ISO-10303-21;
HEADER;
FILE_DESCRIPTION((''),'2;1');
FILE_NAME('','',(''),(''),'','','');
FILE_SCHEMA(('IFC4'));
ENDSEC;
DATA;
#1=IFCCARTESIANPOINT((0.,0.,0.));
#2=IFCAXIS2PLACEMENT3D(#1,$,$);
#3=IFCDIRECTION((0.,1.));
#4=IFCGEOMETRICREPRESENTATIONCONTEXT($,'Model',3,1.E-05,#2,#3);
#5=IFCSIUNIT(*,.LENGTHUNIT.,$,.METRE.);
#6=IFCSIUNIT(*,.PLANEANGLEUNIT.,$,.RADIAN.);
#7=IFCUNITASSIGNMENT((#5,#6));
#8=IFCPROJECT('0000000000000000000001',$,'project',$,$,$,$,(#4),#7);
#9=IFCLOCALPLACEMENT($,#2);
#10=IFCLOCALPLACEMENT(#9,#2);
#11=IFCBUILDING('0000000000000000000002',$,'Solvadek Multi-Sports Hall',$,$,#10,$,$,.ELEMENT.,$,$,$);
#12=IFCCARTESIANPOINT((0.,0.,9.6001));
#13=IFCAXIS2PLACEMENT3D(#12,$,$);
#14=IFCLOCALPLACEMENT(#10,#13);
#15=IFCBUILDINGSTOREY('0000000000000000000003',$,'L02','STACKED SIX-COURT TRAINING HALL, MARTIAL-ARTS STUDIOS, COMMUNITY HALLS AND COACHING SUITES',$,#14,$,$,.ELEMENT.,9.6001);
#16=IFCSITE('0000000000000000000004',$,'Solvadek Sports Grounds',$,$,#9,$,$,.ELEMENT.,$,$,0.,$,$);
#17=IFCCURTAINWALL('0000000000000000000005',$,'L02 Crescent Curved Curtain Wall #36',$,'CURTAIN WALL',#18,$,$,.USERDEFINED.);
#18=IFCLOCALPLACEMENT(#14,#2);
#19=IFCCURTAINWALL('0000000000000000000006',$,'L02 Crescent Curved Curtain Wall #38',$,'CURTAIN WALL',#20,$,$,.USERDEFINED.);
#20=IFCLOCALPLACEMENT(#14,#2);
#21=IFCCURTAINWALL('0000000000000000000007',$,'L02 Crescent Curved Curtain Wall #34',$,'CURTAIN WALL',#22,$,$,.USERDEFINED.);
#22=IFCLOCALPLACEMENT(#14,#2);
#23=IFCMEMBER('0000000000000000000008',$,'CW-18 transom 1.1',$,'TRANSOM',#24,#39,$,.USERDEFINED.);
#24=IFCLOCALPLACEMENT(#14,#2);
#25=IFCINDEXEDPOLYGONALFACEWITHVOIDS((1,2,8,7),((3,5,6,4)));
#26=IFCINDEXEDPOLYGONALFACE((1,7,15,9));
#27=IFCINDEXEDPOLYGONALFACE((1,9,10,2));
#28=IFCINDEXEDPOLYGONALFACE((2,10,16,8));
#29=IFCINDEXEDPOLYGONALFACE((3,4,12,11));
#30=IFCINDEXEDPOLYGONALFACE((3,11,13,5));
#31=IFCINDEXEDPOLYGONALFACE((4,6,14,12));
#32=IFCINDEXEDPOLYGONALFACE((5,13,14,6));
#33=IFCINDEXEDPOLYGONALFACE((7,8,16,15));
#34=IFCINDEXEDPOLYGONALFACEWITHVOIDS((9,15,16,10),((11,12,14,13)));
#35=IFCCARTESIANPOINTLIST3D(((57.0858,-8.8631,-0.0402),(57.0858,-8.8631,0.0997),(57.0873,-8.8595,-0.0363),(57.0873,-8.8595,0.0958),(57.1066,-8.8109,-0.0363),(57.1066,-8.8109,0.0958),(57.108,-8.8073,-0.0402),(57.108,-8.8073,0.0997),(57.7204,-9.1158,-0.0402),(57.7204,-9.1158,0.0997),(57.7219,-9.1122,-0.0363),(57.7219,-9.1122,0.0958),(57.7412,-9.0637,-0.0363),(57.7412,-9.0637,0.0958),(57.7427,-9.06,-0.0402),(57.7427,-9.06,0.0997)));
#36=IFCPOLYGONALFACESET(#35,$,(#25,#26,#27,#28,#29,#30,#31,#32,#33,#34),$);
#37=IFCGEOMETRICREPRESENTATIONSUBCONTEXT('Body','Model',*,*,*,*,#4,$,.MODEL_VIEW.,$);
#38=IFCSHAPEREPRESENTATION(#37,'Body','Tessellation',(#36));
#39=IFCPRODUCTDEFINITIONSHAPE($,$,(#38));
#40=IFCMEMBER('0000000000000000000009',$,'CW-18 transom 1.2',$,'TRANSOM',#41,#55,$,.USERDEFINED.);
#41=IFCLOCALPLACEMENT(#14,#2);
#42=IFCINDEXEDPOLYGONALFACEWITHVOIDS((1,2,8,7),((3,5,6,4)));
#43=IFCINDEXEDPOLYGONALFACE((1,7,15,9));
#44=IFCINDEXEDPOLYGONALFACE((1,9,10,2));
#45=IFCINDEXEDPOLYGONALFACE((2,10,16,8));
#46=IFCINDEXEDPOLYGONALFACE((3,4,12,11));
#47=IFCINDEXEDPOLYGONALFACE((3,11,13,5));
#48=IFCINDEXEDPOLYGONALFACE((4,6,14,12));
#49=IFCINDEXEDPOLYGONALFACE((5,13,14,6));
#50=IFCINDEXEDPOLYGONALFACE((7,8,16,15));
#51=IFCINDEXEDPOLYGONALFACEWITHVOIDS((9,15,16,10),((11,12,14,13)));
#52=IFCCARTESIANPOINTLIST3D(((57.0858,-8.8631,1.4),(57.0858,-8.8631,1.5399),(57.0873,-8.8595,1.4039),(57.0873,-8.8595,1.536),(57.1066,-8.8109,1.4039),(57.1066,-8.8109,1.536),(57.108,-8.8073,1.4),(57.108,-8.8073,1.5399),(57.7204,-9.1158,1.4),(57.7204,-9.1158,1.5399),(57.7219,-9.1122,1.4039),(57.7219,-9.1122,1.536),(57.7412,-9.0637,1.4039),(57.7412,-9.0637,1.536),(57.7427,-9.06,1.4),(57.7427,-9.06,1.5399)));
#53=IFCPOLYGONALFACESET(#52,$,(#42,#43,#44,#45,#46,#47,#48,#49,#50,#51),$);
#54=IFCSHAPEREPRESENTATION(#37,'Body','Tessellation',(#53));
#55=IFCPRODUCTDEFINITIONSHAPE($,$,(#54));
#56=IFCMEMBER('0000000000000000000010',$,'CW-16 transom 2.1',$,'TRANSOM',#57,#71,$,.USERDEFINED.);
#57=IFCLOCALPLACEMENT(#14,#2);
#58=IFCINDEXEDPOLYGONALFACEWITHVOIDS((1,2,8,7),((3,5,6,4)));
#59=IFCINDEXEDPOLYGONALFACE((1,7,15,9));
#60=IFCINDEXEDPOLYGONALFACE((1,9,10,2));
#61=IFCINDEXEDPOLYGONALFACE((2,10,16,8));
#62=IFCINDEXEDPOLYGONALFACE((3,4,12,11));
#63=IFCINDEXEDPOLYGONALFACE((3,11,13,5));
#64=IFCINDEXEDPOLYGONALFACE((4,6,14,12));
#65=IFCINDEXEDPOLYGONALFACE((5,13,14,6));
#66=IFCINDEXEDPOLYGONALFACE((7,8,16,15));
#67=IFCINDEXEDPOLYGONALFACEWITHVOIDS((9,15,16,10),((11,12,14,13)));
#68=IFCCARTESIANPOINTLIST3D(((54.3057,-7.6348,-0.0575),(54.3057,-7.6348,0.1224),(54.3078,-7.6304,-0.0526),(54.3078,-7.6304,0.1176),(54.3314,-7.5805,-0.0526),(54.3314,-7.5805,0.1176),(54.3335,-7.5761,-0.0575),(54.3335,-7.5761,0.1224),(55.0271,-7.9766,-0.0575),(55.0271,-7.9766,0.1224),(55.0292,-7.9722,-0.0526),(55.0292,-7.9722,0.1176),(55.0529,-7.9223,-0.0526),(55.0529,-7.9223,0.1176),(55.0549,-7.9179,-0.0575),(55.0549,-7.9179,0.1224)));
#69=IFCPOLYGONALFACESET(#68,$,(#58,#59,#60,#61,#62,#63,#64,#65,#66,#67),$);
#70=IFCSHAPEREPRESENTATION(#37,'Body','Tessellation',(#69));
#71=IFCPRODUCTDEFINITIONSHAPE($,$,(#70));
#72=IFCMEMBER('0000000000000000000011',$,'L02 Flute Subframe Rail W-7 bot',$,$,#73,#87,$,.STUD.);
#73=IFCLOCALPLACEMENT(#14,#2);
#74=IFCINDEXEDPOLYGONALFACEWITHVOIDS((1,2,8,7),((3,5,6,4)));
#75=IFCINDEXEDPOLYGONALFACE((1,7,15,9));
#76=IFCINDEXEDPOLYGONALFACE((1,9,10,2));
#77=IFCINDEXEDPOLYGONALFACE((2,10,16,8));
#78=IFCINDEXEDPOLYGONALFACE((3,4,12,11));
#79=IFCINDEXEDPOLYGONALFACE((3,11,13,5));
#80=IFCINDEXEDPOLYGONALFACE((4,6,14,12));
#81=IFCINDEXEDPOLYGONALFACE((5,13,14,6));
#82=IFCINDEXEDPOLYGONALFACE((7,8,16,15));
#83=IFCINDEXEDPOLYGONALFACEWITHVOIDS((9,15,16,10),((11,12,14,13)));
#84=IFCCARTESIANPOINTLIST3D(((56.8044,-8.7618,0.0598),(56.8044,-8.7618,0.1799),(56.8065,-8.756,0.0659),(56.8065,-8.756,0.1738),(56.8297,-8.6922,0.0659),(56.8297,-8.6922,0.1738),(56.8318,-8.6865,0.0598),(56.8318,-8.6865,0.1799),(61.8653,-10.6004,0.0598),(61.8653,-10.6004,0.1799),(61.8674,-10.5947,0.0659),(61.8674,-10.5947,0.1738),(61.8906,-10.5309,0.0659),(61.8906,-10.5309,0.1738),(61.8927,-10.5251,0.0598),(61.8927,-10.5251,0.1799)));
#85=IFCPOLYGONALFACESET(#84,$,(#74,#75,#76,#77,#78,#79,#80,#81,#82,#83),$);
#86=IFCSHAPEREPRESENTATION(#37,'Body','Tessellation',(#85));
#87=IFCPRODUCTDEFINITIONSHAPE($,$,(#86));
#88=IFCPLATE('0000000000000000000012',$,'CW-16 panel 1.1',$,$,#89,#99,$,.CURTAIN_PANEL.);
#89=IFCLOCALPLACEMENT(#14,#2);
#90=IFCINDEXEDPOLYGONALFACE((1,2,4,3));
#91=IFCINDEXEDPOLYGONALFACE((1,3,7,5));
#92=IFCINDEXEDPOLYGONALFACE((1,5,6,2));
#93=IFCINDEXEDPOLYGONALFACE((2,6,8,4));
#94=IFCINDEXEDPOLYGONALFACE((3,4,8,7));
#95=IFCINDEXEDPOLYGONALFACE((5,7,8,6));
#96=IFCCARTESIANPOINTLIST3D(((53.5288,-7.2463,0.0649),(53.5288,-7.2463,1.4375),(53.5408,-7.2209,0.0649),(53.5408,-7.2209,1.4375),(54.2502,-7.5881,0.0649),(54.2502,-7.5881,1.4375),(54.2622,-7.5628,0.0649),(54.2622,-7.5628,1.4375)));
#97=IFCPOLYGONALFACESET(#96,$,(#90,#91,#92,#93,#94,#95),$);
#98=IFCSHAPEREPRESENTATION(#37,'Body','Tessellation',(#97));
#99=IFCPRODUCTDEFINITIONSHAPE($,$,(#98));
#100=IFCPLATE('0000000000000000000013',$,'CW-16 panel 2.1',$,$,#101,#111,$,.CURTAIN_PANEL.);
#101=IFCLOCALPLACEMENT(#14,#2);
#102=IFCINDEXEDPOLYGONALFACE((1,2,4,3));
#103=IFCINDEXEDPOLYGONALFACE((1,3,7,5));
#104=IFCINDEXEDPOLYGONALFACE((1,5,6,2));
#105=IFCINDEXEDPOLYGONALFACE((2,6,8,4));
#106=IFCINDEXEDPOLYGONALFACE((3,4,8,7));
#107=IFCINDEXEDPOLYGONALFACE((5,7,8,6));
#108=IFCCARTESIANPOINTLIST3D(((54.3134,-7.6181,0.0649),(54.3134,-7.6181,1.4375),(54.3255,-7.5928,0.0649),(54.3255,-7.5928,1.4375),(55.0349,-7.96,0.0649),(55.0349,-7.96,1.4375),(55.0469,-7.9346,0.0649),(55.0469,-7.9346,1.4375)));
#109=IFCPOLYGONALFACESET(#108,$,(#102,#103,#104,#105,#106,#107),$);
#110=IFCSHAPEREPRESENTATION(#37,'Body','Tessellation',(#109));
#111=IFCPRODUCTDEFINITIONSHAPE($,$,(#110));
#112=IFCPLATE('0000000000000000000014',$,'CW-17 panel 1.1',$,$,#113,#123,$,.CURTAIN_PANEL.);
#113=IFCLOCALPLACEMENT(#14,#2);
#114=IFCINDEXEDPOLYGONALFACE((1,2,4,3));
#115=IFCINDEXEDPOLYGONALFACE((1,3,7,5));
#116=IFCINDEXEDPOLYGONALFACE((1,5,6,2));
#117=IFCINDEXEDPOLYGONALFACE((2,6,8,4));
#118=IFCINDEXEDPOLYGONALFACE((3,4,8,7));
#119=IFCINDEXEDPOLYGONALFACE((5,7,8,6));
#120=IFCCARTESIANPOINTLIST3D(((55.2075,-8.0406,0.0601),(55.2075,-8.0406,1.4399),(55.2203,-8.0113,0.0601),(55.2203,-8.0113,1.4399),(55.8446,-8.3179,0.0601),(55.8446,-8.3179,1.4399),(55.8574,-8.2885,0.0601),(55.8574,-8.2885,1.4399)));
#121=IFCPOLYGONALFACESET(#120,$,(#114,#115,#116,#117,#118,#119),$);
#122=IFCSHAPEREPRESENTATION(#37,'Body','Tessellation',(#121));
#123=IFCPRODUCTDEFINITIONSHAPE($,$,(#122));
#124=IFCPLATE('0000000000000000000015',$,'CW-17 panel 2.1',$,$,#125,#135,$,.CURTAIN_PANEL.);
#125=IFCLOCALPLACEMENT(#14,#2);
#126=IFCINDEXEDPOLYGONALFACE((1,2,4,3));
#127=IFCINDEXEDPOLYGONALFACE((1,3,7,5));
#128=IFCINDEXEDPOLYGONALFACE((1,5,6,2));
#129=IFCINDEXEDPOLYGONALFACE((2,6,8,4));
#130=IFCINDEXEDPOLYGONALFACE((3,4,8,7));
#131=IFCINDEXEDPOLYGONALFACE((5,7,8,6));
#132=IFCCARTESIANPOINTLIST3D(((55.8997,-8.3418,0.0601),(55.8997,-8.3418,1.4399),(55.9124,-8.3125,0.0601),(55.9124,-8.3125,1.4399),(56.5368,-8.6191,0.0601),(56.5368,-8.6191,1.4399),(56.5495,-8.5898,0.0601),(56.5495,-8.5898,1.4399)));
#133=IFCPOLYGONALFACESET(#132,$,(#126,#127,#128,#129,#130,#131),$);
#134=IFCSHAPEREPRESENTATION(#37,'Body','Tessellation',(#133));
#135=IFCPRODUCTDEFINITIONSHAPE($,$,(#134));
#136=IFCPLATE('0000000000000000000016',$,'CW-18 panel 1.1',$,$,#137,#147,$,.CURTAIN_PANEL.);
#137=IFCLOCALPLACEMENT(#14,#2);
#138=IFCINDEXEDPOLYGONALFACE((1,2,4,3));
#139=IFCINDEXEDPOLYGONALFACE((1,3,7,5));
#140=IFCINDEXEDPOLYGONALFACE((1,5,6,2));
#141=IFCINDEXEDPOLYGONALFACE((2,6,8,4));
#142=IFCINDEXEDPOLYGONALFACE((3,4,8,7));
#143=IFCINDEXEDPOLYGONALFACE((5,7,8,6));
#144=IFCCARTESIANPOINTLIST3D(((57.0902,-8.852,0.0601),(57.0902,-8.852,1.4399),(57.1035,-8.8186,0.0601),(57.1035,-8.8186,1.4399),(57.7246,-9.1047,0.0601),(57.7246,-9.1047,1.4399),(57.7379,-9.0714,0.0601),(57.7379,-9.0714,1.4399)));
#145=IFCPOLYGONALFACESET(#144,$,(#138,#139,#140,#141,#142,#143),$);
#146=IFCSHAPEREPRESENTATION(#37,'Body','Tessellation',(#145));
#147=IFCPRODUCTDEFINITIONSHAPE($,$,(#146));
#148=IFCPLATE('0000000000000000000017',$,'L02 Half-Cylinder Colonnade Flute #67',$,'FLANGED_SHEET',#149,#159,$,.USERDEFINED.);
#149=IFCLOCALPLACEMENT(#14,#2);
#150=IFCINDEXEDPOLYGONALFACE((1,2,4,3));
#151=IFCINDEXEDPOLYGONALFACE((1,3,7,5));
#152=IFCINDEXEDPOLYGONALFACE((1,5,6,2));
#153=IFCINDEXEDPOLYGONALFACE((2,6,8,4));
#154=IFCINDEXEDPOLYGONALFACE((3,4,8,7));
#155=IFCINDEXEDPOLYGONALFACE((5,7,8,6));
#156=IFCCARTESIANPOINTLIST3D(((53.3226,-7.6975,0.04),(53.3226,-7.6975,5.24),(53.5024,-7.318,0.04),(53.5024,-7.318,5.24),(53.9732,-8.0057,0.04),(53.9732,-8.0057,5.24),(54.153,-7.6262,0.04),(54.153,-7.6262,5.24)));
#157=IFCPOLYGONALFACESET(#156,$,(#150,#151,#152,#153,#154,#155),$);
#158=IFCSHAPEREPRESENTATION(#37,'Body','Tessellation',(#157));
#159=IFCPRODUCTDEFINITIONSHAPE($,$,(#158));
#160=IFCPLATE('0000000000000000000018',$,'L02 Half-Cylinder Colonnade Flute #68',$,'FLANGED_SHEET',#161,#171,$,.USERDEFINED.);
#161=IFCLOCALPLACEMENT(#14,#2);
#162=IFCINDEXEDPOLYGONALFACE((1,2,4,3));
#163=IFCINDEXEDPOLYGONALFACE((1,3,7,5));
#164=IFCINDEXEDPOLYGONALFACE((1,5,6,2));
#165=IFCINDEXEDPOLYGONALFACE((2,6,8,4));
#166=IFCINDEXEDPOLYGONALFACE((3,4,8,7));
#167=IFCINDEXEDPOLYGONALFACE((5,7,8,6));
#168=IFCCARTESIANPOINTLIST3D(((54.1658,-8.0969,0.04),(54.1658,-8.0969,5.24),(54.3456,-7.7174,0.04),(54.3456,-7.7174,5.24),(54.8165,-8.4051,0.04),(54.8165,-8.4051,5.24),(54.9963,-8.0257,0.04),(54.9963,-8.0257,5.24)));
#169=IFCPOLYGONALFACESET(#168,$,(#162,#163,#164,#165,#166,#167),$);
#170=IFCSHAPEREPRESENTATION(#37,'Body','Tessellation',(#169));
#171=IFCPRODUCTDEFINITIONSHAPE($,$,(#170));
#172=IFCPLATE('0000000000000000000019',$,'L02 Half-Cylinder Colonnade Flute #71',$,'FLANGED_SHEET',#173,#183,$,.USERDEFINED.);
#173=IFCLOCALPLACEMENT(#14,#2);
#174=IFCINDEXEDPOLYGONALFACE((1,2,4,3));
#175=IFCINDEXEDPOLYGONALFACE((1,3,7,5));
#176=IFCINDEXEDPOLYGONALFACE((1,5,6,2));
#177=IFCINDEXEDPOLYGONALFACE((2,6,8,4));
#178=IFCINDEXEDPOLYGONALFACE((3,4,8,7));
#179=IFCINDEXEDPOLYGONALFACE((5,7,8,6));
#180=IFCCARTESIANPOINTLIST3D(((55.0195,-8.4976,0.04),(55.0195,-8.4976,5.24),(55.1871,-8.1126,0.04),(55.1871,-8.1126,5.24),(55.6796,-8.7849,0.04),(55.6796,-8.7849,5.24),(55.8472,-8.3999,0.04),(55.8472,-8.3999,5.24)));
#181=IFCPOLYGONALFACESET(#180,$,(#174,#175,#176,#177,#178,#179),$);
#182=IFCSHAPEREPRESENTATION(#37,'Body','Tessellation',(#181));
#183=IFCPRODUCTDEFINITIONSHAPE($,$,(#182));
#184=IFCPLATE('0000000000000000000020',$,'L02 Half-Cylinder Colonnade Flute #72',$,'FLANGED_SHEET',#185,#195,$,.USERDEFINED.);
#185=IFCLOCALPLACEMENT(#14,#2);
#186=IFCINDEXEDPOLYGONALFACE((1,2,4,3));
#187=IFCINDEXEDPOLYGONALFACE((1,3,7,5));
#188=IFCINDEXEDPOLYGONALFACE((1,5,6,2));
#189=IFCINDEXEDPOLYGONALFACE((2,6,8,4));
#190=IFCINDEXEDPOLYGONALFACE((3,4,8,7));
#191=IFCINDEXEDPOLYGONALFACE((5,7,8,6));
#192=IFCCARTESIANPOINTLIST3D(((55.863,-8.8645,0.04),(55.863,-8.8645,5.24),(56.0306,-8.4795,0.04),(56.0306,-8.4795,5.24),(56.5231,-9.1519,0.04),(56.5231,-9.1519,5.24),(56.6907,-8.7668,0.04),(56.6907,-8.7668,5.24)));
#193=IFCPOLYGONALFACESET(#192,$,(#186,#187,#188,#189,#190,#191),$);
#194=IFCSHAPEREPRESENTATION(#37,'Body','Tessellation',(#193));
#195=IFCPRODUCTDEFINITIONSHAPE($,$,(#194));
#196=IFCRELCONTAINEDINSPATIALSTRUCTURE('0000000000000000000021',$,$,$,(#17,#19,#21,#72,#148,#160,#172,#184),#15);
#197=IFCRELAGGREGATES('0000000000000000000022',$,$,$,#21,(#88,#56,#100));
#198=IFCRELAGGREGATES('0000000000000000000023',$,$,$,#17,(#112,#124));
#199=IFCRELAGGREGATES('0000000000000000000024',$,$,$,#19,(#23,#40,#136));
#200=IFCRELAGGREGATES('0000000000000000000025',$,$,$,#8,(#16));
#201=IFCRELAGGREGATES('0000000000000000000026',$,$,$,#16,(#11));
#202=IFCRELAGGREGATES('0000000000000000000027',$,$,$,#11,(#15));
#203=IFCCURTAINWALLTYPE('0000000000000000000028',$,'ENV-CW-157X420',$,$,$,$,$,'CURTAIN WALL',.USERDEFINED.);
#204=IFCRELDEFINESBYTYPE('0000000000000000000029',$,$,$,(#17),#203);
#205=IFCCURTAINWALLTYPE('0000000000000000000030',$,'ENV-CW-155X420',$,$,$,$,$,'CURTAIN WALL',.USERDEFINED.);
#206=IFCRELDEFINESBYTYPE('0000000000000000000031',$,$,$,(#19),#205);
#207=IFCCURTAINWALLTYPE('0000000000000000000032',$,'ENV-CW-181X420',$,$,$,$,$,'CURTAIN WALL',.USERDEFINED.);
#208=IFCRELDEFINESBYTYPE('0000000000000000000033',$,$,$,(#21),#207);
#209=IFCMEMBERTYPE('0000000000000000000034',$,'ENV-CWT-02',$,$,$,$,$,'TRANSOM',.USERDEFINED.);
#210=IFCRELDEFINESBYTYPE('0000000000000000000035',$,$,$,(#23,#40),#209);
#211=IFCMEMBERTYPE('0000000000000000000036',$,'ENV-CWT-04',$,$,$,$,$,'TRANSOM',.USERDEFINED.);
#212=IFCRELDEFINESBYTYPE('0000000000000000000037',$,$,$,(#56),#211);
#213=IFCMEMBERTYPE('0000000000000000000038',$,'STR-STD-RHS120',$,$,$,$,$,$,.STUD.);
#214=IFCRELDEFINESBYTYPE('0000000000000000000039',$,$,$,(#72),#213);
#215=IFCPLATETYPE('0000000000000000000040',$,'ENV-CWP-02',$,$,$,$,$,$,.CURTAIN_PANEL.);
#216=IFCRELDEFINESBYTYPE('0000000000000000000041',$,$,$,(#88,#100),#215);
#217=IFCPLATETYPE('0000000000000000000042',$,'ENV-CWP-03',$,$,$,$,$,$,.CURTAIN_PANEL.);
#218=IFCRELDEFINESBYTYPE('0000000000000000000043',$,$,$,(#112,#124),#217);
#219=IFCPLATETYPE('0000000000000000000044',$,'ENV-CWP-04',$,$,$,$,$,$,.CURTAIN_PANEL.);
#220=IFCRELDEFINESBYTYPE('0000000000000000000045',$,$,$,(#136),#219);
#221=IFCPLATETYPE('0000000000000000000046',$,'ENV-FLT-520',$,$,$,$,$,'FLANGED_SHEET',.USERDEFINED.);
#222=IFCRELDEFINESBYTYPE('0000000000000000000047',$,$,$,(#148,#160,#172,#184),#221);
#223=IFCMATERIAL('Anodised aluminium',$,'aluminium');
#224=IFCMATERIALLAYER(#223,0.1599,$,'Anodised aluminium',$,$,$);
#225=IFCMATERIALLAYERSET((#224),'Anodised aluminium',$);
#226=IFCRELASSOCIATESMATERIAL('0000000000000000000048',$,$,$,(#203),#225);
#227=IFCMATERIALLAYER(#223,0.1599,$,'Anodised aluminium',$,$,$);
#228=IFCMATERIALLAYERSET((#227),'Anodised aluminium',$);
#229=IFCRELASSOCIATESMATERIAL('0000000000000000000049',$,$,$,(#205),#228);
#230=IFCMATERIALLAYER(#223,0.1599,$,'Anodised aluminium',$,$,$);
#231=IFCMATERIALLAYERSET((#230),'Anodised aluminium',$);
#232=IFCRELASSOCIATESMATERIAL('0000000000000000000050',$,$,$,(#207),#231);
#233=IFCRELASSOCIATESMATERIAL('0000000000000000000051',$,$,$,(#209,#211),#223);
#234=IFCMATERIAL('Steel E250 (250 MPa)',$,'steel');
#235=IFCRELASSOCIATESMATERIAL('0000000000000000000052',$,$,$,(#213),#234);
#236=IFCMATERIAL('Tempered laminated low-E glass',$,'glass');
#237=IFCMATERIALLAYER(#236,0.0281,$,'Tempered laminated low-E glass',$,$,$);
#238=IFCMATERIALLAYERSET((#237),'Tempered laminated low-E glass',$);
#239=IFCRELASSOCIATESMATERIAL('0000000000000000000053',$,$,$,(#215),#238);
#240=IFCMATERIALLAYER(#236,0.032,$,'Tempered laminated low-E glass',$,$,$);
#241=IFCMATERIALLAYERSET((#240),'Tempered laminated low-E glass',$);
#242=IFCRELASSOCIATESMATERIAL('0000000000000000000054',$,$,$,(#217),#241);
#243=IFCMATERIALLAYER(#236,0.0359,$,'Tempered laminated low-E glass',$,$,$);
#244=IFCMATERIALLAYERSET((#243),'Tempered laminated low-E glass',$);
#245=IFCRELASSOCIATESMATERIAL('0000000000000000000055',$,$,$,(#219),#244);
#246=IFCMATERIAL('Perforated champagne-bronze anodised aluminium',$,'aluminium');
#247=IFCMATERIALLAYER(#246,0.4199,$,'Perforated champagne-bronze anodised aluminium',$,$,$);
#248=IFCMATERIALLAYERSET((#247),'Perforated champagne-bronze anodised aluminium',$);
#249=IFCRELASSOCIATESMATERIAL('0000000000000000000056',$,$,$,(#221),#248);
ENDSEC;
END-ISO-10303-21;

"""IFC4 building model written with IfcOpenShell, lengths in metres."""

from ifc_helpers import new_model, si_unit, direction, frame, origin, origin_2d, place, context, subcontext, project, spatial, rectangle, hollow_rectangle, extrude, material, layer, layer_set, material_profile, profile_set, type_object, element, aggregate, save


model = new_model("IFC4")

# Units and contexts
model_context = context("Model", 3, precision=1e-05, world=origin(), true_north=direction((0.0, 1.0)))
body_context = subcontext(model_context, "Body", "Model", "MODEL_VIEW")
ifc_project = project(units=[si_unit("LENGTHUNIT", "METRE"), si_unit("PLANEANGLEUNIT", "RADIAN")], contexts=[model_context])

# Site, building, storey
site_placement = place(None, origin())
site = spatial("IfcSite", under=ifc_project, at=site_placement, Name="Solvadek Sports Grounds", CompositionType="ELEMENT", RefElevation=0.0)
building_placement = place(site_placement, origin())
building = spatial("IfcBuilding", under=site, at=building_placement, Name="Solvadek Multi-Sports Hall", CompositionType="ELEMENT")
storey_placement = place(building_placement, frame((0.0, 0.0, 9.6001)))
storey = spatial("IfcBuildingStorey", under=building, at=storey_placement, Name="L02", Description="STACKED SIX-COURT TRAINING HALL, MARTIAL-ARTS STUDIOS, COMMUNITY HALLS AND COACHING SUITES", CompositionType="ELEMENT", Elevation=9.6001)

# Curtain wall
ifc_material_1 = material(Name="Anodised aluminium", Category="aluminium")
ifc_layer_1 = layer(ifc_material_1, 0.1599, Name="Anodised aluminium")
ifc_layer_set_1 = layer_set([ifc_layer_1], Name="Anodised aluminium")
curtain_wall_type_1 = type_object("IfcCurtainWallType", Name="ENV-CW-157X420", ElementType="CURTAIN WALL", PredefinedType="USERDEFINED", material=ifc_layer_set_1)
curtain_wall_1_placement = place(storey_placement, origin())
curtain_wall_1 = element("IfcCurtainWall", 1, at=curtain_wall_1_placement, inside=storey, type_object=curtain_wall_type_1, Name="L02 Crescent Curved Curtain Wall #36", ObjectType="CURTAIN WALL", PredefinedType="USERDEFINED")

# Curtain wall
ifc_layer_2 = layer(ifc_material_1, 0.1599, Name="Anodised aluminium")
ifc_layer_set_2 = layer_set([ifc_layer_2], Name="Anodised aluminium")
curtain_wall_type_2 = type_object("IfcCurtainWallType", Name="ENV-CW-155X420", ElementType="CURTAIN WALL", PredefinedType="USERDEFINED", material=ifc_layer_set_2)
curtain_wall_2_placement = place(storey_placement, origin())
curtain_wall_2 = element("IfcCurtainWall", 2, at=curtain_wall_2_placement, inside=storey, type_object=curtain_wall_type_2, Name="L02 Crescent Curved Curtain Wall #38", ObjectType="CURTAIN WALL", PredefinedType="USERDEFINED")

# Curtain wall
ifc_layer_3 = layer(ifc_material_1, 0.1599, Name="Anodised aluminium")
ifc_layer_set_3 = layer_set([ifc_layer_3], Name="Anodised aluminium")
curtain_wall_type_3 = type_object("IfcCurtainWallType", Name="ENV-CW-181X420", ElementType="CURTAIN WALL", PredefinedType="USERDEFINED", material=ifc_layer_set_3)
curtain_wall_3_placement = place(storey_placement, origin())
curtain_wall_3 = element("IfcCurtainWall", 3, at=curtain_wall_3_placement, inside=storey, type_object=curtain_wall_type_3, Name="L02 Crescent Curved Curtain Wall #34", ObjectType="CURTAIN WALL", PredefinedType="USERDEFINED")

# Members
ifc_material_profile_1 = material_profile(ifc_material_1, hollow_rectangle(XDim=0.0601, YDim=0.1399, WallThickness=0.0039, at=origin_2d()), Name="ALU-T 140x60x4")
ifc_profile_set_1 = profile_set([ifc_material_profile_1], Name="Anodised aluminium")
member_type_1 = type_object("IfcMemberType", Name="ENV-CWT-02", ElementType="TRANSOM", PredefinedType="USERDEFINED", material=ifc_profile_set_1)
member_1_placement = place(storey_placement, frame((57.0969, -8.8352, 0.0298), z_axis=(0.929043, -0.369973, 0.0), x_axis=(0.369973, 0.929043, 0.0)))
member_1 = element("IfcMember", 4, at=member_1_placement, type_object=member_type_1, Name="CW-18 transom 1.1", ObjectType="TRANSOM", PredefinedType="USERDEFINED", context=body_context, shape_type="SweptSolid", body=[
    extrude(hollow_rectangle(XDim=0.0601, YDim=0.1399, WallThickness=0.0039, at=origin_2d()), origin(), (0.0, 0.0, 1.0), 0.6831),
])
member_2_placement = place(storey_placement, frame((57.0969, -8.8352, 1.47), z_axis=(0.929043, -0.369973, 0.0), x_axis=(0.369973, 0.929043, 0.0)))
member_2 = element("IfcMember", 5, at=member_2_placement, type_object=member_type_1, Name="CW-18 transom 1.2", ObjectType="TRANSOM", PredefinedType="USERDEFINED", context=body_context, shape_type="SweptSolid", body=[
    extrude(hollow_rectangle(XDim=0.0601, YDim=0.1399, WallThickness=0.0039, at=origin_2d()), origin(), (0.0, 0.0, 1.0), 0.6831),
])
ifc_material_profile_2 = material_profile(ifc_material_1, hollow_rectangle(XDim=0.0649, YDim=0.1799, WallThickness=0.0049, at=origin_2d()), Name="ALU-T 180x65x5")
ifc_profile_set_2 = profile_set([ifc_material_profile_2], Name="Anodised aluminium")
member_type_2 = type_object("IfcMemberType", Name="ENV-CWT-04", ElementType="TRANSOM", PredefinedType="USERDEFINED", material=ifc_profile_set_2)
member_3_placement = place(storey_placement, frame((54.3196, -7.6055, 0.0325), z_axis=(0.903707, -0.428152, 0.0), x_axis=(0.428152, 0.903707, 0.0)))
member_3 = element("IfcMember", 6, at=member_3_placement, type_object=member_type_2, Name="CW-16 transom 2.1", ObjectType="TRANSOM", PredefinedType="USERDEFINED", context=body_context, shape_type="SweptSolid", body=[
    extrude(hollow_rectangle(XDim=0.0649, YDim=0.1799, WallThickness=0.0049, at=origin_2d()), origin(), (0.0, 0.0, 1.0), 0.7983),
])
ifc_material_2 = material(Name="Steel E250 (250 MPa)", Category="steel")
ifc_material_profile_3 = material_profile(ifc_material_2, hollow_rectangle(XDim=0.0801, YDim=0.1201, WallThickness=0.0061, at=origin_2d()), Name="RHS 120x80x6")
ifc_profile_set_3 = profile_set([ifc_material_profile_3], Name="Steel E250 (250 MPa)")
member_type_3 = type_object("IfcMemberType", Name="STR-STD-RHS120", PredefinedType="STUD", material=ifc_profile_set_3)
member_4_placement = place(storey_placement, frame((56.8181, -8.7241, 0.1199), z_axis=(0.939893, -0.34147, 0.0), x_axis=(0.34147, 0.939893, 0.0)))
element("IfcMember", 7, at=member_4_placement, inside=storey, type_object=member_type_3, Name="L02 Flute Subframe Rail W-7 bot", PredefinedType="STUD", context=body_context, shape_type="SweptSolid", body=[
    extrude(hollow_rectangle(XDim=0.0801, YDim=0.1201, WallThickness=0.0061, at=origin_2d()), origin(), (0.0, 0.0, 1.0), 5.3845),
])

# Plates
ifc_material_3 = material(Name="Tempered laminated low-E glass", Category="glass")
ifc_layer_4 = layer(ifc_material_3, 0.0281, Name="Tempered laminated low-E glass")
ifc_layer_set_4 = layer_set([ifc_layer_4], Name="Tempered laminated low-E glass")
plate_type_1 = type_object("IfcPlateType", Name="ENV-CWP-02", PredefinedType="CURTAIN_PANEL", material=ifc_layer_set_4)
plate_1_placement = place(storey_placement, frame((53.8955, -7.4045, 0.0649), z_axis=(0.0, 0.0, 1.0), x_axis=(0.903703, -0.42816, 0.0)))
plate_1 = element("IfcPlate", 8, at=plate_1_placement, type_object=plate_type_1, Name="CW-16 panel 1.1", PredefinedType="CURTAIN_PANEL", context=body_context, shape_type="SweptSolid", body=[
    extrude(rectangle(XDim=0.7983, YDim=0.0281, at=origin_2d()), origin(), (0.0, 0.0, 1.0), 1.3726),
])
plate_2_placement = place(storey_placement, frame((54.6802, -7.7764, 0.0649), z_axis=(0.0, 0.0, 1.0), x_axis=(0.903703, -0.42816, 0.0)))
plate_2 = element("IfcPlate", 9, at=plate_2_placement, type_object=plate_type_1, Name="CW-16 panel 2.1", PredefinedType="CURTAIN_PANEL", context=body_context, shape_type="SweptSolid", body=[
    extrude(rectangle(XDim=0.7983, YDim=0.0281, at=origin_2d()), origin(), (0.0, 0.0, 1.0), 1.3726),
])
aggregate(curtain_wall_3, [plate_1, member_3, plate_2])
ifc_layer_5 = layer(ifc_material_3, 0.032, Name="Tempered laminated low-E glass")
ifc_layer_set_5 = layer_set([ifc_layer_5], Name="Tempered laminated low-E glass")
plate_type_2 = type_object("IfcPlateType", Name="ENV-CWP-03", PredefinedType="CURTAIN_PANEL", material=ifc_layer_set_5)
plate_3_placement = place(storey_placement, frame((55.5325, -8.1646, 0.0601), z_axis=(0.0, 0.0, 1.0), x_axis=(0.916926, -0.399057, 0.0)))
plate_3 = element("IfcPlate", 10, at=plate_3_placement, type_object=plate_type_2, Name="CW-17 panel 1.1", PredefinedType="CURTAIN_PANEL", context=body_context, shape_type="SweptSolid", body=[
    extrude(rectangle(XDim=0.6948, YDim=0.032, at=origin_2d()), origin(), (0.0, 0.0, 1.0), 1.3799),
])
plate_4_placement = place(storey_placement, frame((56.2246, -8.4658, 0.0601), z_axis=(0.0, 0.0, 1.0), x_axis=(0.916926, -0.399057, 0.0)))
plate_4 = element("IfcPlate", 11, at=plate_4_placement, type_object=plate_type_2, Name="CW-17 panel 2.1", PredefinedType="CURTAIN_PANEL", context=body_context, shape_type="SweptSolid", body=[
    extrude(rectangle(XDim=0.6948, YDim=0.032, at=origin_2d()), origin(), (0.0, 0.0, 1.0), 1.3799),
])
aggregate(curtain_wall_1, [plate_3, plate_4])
ifc_layer_6 = layer(ifc_material_3, 0.0359, Name="Tempered laminated low-E glass")
ifc_layer_set_6 = layer_set([ifc_layer_6], Name="Tempered laminated low-E glass")
plate_type_3 = type_object("IfcPlateType", Name="ENV-CWP-04", PredefinedType="CURTAIN_PANEL", material=ifc_layer_set_6)
plate_5_placement = place(storey_placement, frame((57.4141, -8.9617, 0.0601), z_axis=(0.0, 0.0, 1.0), x_axis=(0.928967, -0.370163, 0.0)))
plate_5 = element("IfcPlate", 12, at=plate_5_placement, type_object=plate_type_3, Name="CW-18 panel 1.1", PredefinedType="CURTAIN_PANEL", context=body_context, shape_type="SweptSolid", body=[
    extrude(rectangle(XDim=0.6829, YDim=0.0359, at=origin_2d()), origin(), (0.0, 0.0, 1.0), 1.3799),
])
aggregate(curtain_wall_2, [member_1, member_2, plate_5])

# Plates
ifc_material_4 = material(Name="Perforated champagne-bronze anodised aluminium", Category="aluminium")
ifc_layer_7 = layer(ifc_material_4, 0.4199, Name="Perforated champagne-bronze anodised aluminium")
ifc_layer_set_7 = layer_set([ifc_layer_7], Name="Perforated champagne-bronze anodised aluminium")
plate_type_4 = type_object("IfcPlateType", Name="ENV-FLT-520", ElementType="FLANGED_SHEET", PredefinedType="USERDEFINED", material=ifc_layer_set_7)
for number, where, z_axis, x_axis, name in (
    (13, (53.7378, -7.6619, 0.04), (0.0, 0.0, 1.0), (0.903719, -0.428125, 0.0), "L02 Half-Cylinder Colonnade Flute #67"),
    (14, (54.5811, -8.0613, 0.04), (0.0, 0.0, 1.0), (0.903719, -0.428125, 0.0), "L02 Half-Cylinder Colonnade Flute #68"),
    (15, (55.4333, -8.4487, 0.04), (0.0, 0.0, 1.0), (0.916918, -0.399076, 0.0), "L02 Half-Cylinder Colonnade Flute #71"),
    (16, (56.2769, -8.8157, 0.04), (0.0, 0.0, 1.0), (0.916918, -0.399076, 0.0), "L02 Half-Cylinder Colonnade Flute #72"),
):
    element("IfcPlate", number, at=place(storey_placement, frame(where, z_axis=z_axis, x_axis=x_axis)), inside=storey, type_object=plate_type_4, Name=name, ObjectType="FLANGED_SHEET", PredefinedType="USERDEFINED", context=body_context, shape_type="SweptSolid", body=[
        extrude(rectangle(XDim=0.72, YDim=0.4199, at=origin_2d()), origin(), (0.0, 0.0, 1.0), 5.2),
    ])

save(model, "model.ifc")
